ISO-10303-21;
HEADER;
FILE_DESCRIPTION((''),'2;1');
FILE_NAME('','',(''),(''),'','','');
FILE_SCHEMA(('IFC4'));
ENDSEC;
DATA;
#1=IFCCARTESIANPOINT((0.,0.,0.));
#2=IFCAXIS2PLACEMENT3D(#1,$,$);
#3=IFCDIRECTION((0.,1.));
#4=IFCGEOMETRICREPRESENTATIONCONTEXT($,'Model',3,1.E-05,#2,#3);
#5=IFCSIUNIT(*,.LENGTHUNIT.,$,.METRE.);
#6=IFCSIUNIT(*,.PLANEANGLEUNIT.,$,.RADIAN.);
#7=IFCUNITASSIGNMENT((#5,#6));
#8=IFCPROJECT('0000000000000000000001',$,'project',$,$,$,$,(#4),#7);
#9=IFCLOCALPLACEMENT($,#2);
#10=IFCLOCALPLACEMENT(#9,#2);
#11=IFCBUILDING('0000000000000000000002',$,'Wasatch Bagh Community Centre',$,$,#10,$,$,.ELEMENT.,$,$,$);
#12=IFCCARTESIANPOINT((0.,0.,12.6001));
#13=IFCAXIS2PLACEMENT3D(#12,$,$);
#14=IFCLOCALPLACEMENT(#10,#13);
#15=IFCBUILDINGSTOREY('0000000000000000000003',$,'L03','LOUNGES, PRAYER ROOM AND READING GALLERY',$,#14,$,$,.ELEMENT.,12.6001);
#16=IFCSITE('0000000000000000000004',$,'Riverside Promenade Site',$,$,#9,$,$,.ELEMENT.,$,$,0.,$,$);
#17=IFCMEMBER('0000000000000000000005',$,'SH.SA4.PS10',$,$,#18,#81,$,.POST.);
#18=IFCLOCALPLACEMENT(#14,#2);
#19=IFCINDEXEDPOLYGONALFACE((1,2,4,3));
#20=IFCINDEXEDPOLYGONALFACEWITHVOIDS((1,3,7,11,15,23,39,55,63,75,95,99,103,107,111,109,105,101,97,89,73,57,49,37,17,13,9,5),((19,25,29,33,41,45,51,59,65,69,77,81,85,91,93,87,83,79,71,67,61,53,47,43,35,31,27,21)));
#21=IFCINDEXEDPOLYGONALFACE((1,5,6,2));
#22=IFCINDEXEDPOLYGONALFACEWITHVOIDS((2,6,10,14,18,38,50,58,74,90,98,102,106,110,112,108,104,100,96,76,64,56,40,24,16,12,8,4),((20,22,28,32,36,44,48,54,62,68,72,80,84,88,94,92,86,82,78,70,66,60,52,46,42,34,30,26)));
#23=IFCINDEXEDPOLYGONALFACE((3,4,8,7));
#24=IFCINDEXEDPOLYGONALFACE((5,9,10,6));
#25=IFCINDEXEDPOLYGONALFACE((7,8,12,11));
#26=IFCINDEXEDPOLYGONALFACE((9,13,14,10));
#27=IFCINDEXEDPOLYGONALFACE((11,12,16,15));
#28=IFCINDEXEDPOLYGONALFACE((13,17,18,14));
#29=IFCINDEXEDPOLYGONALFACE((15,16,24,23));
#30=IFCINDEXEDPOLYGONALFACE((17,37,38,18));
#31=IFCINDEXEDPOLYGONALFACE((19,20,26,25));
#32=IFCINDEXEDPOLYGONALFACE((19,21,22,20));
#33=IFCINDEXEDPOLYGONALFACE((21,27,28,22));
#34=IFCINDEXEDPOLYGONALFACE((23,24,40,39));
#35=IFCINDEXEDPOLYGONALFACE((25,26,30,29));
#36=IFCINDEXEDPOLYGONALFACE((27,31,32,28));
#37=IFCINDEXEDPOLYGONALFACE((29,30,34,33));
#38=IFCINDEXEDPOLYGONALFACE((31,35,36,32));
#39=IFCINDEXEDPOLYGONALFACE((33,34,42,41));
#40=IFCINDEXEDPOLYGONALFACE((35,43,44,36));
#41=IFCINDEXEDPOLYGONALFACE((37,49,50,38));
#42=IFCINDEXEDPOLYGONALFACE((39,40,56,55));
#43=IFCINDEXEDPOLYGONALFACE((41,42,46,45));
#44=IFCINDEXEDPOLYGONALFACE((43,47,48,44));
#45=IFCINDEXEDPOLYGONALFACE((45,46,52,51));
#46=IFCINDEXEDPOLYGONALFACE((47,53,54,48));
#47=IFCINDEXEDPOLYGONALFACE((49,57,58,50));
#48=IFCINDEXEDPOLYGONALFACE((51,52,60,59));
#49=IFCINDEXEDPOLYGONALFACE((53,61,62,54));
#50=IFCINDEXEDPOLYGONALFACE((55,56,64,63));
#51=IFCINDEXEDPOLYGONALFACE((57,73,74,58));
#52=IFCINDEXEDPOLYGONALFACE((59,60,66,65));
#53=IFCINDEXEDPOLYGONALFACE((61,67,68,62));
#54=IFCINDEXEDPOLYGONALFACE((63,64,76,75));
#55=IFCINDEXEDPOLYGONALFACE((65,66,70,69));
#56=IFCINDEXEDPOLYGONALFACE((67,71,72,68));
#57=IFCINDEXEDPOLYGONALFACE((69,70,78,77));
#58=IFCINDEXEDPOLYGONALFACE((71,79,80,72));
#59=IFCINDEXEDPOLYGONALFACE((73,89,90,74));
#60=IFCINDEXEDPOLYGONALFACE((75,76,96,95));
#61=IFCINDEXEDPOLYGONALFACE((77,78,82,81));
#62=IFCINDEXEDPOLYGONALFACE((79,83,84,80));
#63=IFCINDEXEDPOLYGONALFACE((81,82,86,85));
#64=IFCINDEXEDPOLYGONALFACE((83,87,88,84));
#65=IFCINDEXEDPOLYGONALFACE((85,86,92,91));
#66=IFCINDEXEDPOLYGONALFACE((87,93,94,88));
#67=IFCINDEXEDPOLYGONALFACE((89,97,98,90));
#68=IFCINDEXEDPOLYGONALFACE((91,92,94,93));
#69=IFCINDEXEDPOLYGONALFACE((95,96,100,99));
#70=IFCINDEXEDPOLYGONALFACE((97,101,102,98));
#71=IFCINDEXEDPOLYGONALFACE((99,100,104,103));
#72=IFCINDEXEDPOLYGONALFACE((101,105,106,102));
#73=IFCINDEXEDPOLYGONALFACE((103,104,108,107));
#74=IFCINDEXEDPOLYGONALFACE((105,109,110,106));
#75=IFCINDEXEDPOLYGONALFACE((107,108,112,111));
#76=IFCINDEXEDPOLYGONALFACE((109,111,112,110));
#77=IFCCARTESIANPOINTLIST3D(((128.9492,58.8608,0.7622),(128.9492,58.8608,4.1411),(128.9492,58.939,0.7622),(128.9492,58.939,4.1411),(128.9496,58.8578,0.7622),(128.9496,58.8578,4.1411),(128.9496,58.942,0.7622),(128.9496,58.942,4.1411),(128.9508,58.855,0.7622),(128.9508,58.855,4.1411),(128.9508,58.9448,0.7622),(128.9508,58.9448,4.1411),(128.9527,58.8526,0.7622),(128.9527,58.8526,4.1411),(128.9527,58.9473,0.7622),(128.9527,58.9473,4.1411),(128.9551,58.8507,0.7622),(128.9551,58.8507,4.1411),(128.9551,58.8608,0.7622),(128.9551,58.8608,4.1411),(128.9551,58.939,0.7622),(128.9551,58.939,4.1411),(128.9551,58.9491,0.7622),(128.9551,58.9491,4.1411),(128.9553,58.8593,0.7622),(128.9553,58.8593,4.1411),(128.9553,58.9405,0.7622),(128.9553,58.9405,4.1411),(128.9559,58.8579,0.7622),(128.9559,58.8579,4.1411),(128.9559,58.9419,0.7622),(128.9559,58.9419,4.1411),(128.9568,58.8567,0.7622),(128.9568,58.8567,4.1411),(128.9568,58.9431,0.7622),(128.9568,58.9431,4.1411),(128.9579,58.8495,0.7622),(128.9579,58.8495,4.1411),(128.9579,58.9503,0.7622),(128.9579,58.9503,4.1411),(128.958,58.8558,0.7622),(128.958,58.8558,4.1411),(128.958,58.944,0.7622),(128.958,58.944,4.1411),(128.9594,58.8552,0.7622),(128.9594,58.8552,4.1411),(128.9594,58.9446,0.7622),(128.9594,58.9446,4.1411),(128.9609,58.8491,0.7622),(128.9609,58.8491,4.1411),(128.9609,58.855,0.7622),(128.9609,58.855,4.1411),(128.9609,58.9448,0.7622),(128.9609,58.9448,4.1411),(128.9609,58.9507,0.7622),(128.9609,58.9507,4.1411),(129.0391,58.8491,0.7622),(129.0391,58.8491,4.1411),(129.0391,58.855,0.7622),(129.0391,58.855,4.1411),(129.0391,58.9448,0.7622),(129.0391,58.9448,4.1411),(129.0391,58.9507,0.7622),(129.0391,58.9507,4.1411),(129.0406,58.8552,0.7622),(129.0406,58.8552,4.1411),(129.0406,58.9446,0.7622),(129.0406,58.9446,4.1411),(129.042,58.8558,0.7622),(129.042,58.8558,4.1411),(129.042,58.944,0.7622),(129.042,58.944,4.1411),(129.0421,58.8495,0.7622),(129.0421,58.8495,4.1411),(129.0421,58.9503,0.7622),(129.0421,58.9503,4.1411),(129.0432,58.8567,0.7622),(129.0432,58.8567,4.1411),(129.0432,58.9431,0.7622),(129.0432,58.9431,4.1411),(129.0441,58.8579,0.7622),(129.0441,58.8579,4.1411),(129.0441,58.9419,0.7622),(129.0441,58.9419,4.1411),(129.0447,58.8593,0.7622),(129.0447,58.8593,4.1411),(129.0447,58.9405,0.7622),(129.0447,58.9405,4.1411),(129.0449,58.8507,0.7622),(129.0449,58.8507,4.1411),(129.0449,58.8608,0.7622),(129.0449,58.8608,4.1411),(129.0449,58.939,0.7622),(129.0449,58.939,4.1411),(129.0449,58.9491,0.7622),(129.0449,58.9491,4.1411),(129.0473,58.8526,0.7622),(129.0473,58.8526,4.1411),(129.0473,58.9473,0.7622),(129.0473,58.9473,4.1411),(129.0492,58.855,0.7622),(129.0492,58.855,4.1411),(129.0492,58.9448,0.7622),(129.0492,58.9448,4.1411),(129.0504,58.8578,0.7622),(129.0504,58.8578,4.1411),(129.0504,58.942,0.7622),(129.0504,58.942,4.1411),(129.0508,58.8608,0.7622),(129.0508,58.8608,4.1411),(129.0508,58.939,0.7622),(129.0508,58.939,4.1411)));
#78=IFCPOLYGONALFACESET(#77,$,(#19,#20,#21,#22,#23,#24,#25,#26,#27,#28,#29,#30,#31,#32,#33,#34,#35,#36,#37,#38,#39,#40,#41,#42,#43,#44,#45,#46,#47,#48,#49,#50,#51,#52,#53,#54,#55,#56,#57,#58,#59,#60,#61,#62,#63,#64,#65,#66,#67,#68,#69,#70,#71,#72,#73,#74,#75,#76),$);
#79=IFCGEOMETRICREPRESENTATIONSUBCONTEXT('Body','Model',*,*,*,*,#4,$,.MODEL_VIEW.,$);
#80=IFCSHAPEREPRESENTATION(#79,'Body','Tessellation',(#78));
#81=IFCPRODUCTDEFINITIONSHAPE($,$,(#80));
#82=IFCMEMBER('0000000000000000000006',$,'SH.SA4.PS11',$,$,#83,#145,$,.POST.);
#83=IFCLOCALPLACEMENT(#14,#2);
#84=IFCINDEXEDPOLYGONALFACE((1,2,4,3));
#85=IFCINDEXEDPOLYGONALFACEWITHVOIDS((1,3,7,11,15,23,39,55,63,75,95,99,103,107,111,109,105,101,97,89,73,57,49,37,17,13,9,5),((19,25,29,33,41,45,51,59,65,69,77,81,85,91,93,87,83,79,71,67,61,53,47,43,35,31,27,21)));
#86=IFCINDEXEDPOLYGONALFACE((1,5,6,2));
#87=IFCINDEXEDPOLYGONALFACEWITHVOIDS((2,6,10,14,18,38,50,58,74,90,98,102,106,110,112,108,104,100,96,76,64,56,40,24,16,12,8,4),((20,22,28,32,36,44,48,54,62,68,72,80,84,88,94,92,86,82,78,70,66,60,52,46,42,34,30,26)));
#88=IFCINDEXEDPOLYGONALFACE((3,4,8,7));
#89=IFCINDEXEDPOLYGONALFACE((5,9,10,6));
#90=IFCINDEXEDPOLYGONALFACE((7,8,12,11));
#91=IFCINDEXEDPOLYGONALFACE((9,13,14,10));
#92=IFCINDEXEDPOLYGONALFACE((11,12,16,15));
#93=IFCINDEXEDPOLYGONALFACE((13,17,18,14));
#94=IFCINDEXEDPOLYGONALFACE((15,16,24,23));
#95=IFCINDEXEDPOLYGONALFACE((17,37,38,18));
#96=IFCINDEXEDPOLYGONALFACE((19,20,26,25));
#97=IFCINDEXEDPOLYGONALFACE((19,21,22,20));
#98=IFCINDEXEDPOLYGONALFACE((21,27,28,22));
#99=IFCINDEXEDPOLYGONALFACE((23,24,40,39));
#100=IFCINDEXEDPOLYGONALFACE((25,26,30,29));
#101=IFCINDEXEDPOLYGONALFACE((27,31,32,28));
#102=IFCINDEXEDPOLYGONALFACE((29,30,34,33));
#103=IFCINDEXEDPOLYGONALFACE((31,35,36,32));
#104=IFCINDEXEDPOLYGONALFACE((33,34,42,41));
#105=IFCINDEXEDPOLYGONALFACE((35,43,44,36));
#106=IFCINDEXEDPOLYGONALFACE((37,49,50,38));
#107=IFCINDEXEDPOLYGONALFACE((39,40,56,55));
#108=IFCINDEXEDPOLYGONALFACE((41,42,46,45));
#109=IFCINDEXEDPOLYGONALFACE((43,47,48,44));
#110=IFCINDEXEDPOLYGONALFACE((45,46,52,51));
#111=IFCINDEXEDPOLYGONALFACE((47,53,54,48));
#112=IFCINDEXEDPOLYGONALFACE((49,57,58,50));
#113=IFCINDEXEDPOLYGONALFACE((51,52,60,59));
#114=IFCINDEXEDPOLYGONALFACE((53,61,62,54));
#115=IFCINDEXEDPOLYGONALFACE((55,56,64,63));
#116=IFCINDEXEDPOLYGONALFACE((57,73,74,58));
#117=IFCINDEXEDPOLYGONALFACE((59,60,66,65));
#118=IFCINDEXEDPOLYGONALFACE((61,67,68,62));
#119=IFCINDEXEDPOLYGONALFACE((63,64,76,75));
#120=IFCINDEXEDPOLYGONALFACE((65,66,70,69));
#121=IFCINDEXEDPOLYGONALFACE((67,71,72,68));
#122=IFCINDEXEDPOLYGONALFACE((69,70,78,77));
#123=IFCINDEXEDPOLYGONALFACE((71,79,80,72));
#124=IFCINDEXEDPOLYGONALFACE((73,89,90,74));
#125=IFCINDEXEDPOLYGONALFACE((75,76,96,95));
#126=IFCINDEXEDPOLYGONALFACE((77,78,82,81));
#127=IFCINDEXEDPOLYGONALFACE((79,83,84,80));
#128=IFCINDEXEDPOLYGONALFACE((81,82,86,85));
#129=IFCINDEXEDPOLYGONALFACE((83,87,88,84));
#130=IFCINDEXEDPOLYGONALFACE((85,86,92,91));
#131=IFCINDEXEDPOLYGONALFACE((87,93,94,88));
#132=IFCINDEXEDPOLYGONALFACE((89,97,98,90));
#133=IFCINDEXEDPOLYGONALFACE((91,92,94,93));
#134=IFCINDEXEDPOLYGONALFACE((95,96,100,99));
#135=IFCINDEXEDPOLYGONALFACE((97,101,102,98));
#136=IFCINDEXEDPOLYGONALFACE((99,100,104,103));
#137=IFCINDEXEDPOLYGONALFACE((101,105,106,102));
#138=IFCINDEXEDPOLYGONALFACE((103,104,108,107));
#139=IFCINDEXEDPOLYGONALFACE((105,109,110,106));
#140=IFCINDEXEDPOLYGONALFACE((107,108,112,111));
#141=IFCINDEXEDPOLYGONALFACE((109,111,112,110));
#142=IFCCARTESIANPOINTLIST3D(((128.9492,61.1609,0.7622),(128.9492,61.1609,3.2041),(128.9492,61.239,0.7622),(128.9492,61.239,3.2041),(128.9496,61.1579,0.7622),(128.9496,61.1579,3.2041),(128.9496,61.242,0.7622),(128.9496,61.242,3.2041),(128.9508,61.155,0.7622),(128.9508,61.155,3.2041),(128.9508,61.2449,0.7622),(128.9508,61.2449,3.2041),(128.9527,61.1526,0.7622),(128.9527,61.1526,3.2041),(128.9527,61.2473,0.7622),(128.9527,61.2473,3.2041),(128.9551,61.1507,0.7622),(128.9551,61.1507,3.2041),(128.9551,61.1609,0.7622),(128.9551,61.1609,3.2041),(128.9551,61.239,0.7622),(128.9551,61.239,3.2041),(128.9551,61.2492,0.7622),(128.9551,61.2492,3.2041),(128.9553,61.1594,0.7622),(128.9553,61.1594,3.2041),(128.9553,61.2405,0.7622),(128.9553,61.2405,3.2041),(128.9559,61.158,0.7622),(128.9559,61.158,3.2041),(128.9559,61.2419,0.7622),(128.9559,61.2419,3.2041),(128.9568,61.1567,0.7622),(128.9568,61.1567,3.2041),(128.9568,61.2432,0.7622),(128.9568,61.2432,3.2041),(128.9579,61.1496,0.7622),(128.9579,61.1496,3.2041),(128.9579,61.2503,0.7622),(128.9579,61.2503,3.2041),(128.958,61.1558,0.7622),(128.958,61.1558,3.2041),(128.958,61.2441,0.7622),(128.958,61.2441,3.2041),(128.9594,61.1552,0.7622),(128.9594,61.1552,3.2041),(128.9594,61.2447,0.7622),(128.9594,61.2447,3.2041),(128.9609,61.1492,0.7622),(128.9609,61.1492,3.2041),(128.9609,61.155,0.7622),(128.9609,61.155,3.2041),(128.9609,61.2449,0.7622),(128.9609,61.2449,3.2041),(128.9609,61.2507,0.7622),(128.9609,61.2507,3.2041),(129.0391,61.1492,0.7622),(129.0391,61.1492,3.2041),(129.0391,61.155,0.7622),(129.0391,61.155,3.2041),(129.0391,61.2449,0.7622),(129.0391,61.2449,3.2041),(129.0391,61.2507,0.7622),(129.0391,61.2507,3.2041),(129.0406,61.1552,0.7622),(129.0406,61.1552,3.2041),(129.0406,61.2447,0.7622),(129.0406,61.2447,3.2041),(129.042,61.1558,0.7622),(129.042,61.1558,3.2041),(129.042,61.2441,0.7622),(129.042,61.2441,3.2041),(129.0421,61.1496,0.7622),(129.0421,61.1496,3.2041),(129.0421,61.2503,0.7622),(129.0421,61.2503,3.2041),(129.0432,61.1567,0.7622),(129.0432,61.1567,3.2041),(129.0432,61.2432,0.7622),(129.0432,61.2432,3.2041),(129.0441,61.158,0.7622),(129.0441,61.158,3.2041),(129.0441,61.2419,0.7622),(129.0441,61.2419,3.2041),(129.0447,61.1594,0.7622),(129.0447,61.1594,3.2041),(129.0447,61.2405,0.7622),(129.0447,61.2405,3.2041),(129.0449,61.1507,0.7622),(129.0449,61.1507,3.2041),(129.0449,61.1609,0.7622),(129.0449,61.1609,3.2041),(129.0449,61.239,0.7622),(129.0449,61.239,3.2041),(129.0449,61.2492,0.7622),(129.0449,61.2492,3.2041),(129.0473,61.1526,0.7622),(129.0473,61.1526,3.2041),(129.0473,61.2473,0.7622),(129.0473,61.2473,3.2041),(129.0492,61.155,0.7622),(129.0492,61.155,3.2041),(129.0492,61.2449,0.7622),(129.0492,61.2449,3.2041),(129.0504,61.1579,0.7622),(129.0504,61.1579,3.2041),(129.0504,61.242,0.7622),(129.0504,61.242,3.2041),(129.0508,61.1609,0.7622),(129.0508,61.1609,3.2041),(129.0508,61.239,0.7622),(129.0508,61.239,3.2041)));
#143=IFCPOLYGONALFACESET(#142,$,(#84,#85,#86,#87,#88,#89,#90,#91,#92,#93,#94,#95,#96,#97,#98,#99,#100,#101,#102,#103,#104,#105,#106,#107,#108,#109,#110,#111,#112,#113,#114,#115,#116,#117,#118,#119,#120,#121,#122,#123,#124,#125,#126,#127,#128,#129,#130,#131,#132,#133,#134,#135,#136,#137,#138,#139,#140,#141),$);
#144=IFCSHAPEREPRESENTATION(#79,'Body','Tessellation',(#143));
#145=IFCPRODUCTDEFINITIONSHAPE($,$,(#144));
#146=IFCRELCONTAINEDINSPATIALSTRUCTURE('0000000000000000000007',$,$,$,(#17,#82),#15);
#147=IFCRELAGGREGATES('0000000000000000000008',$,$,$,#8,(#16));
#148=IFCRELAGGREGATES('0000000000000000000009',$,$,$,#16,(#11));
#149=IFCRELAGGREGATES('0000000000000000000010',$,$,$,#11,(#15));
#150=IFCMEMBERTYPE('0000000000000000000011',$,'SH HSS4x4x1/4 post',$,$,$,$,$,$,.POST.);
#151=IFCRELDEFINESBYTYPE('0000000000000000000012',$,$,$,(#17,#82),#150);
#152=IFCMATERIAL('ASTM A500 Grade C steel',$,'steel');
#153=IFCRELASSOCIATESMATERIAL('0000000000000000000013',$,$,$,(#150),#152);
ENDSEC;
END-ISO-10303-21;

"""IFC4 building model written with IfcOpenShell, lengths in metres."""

from ifc_helpers import new_model, si_unit, direction, frame, origin, origin_2d, place, context, subcontext, project, spatial, hollow_rectangle, extrude, material, material_profile, profile_set, type_object, element, save


model = new_model("IFC4")

# Units and contexts
model_context = context("Model", 3, precision=1e-05, world=origin(), true_north=direction((0.0, 1.0)))
body_context = subcontext(model_context, "Body", "Model", "MODEL_VIEW")
ifc_project = project(units=[si_unit("LENGTHUNIT", "METRE"), si_unit("PLANEANGLEUNIT", "RADIAN")], contexts=[model_context])

# Site, building, storey
site_placement = place(None, origin())
site = spatial("IfcSite", under=ifc_project, at=site_placement, Name="Riverside Promenade Site", CompositionType="ELEMENT", RefElevation=0.0)
building_placement = place(site_placement, origin())
building = spatial("IfcBuilding", under=site, at=building_placement, Name="Wasatch Bagh Community Centre", CompositionType="ELEMENT")
storey_placement = place(building_placement, frame((0.0, 0.0, 12.6001)))
storey = spatial("IfcBuildingStorey", under=building, at=storey_placement, Name="L03", Description="LOUNGES, PRAYER ROOM AND READING GALLERY", CompositionType="ELEMENT", Elevation=12.6001)

# Members
ifc_material_1 = material(Name="ASTM A500 Grade C steel", Category="steel")
ifc_material_profile_1 = material_profile(ifc_material_1, hollow_rectangle(XDim=0.1016, YDim=0.1016, WallThickness=0.0059, InnerFilletRadius=0.0059, OuterFilletRadius=0.0117, at=origin_2d()), Name="HSS4x4x1/4")
ifc_profile_set_1 = profile_set([ifc_material_profile_1], Name="ASTM A500 Grade C steel")
member_type_1 = type_object("IfcMemberType", Name="SH HSS4x4x1/4 post", PredefinedType="POST", material=ifc_profile_set_1)
member_1_placement = place(storey_placement, frame((129.0, 58.8999, 0.7622), z_axis=(0.0, 0.0, 1.0), x_axis=(1.0, 0.0, 0.0)))
element("IfcMember", 1, at=member_1_placement, inside=storey, type_object=member_type_1, Name="SH.SA4.PS10", PredefinedType="POST", context=body_context, shape_type="SweptSolid", body=[
    extrude(hollow_rectangle(XDim=0.1016, YDim=0.1016, WallThickness=0.0059, InnerFilletRadius=0.0059, OuterFilletRadius=0.0117, at=origin_2d()), origin(), (0.0, 0.0, 1.0), 3.3789),
])
member_2_placement = place(storey_placement, frame((129.0, 61.2, 0.7622), z_axis=(0.0, 0.0, 1.0), x_axis=(1.0, 0.0, 0.0)))
element("IfcMember", 2, at=member_2_placement, inside=storey, type_object=member_type_1, Name="SH.SA4.PS11", PredefinedType="POST", context=body_context, shape_type="SweptSolid", body=[
    extrude(hollow_rectangle(XDim=0.1016, YDim=0.1016, WallThickness=0.0059, InnerFilletRadius=0.0059, OuterFilletRadius=0.0117, at=origin_2d()), origin(), (0.0, 0.0, 1.0), 2.4419),
])

save(model, "model.ifc")
